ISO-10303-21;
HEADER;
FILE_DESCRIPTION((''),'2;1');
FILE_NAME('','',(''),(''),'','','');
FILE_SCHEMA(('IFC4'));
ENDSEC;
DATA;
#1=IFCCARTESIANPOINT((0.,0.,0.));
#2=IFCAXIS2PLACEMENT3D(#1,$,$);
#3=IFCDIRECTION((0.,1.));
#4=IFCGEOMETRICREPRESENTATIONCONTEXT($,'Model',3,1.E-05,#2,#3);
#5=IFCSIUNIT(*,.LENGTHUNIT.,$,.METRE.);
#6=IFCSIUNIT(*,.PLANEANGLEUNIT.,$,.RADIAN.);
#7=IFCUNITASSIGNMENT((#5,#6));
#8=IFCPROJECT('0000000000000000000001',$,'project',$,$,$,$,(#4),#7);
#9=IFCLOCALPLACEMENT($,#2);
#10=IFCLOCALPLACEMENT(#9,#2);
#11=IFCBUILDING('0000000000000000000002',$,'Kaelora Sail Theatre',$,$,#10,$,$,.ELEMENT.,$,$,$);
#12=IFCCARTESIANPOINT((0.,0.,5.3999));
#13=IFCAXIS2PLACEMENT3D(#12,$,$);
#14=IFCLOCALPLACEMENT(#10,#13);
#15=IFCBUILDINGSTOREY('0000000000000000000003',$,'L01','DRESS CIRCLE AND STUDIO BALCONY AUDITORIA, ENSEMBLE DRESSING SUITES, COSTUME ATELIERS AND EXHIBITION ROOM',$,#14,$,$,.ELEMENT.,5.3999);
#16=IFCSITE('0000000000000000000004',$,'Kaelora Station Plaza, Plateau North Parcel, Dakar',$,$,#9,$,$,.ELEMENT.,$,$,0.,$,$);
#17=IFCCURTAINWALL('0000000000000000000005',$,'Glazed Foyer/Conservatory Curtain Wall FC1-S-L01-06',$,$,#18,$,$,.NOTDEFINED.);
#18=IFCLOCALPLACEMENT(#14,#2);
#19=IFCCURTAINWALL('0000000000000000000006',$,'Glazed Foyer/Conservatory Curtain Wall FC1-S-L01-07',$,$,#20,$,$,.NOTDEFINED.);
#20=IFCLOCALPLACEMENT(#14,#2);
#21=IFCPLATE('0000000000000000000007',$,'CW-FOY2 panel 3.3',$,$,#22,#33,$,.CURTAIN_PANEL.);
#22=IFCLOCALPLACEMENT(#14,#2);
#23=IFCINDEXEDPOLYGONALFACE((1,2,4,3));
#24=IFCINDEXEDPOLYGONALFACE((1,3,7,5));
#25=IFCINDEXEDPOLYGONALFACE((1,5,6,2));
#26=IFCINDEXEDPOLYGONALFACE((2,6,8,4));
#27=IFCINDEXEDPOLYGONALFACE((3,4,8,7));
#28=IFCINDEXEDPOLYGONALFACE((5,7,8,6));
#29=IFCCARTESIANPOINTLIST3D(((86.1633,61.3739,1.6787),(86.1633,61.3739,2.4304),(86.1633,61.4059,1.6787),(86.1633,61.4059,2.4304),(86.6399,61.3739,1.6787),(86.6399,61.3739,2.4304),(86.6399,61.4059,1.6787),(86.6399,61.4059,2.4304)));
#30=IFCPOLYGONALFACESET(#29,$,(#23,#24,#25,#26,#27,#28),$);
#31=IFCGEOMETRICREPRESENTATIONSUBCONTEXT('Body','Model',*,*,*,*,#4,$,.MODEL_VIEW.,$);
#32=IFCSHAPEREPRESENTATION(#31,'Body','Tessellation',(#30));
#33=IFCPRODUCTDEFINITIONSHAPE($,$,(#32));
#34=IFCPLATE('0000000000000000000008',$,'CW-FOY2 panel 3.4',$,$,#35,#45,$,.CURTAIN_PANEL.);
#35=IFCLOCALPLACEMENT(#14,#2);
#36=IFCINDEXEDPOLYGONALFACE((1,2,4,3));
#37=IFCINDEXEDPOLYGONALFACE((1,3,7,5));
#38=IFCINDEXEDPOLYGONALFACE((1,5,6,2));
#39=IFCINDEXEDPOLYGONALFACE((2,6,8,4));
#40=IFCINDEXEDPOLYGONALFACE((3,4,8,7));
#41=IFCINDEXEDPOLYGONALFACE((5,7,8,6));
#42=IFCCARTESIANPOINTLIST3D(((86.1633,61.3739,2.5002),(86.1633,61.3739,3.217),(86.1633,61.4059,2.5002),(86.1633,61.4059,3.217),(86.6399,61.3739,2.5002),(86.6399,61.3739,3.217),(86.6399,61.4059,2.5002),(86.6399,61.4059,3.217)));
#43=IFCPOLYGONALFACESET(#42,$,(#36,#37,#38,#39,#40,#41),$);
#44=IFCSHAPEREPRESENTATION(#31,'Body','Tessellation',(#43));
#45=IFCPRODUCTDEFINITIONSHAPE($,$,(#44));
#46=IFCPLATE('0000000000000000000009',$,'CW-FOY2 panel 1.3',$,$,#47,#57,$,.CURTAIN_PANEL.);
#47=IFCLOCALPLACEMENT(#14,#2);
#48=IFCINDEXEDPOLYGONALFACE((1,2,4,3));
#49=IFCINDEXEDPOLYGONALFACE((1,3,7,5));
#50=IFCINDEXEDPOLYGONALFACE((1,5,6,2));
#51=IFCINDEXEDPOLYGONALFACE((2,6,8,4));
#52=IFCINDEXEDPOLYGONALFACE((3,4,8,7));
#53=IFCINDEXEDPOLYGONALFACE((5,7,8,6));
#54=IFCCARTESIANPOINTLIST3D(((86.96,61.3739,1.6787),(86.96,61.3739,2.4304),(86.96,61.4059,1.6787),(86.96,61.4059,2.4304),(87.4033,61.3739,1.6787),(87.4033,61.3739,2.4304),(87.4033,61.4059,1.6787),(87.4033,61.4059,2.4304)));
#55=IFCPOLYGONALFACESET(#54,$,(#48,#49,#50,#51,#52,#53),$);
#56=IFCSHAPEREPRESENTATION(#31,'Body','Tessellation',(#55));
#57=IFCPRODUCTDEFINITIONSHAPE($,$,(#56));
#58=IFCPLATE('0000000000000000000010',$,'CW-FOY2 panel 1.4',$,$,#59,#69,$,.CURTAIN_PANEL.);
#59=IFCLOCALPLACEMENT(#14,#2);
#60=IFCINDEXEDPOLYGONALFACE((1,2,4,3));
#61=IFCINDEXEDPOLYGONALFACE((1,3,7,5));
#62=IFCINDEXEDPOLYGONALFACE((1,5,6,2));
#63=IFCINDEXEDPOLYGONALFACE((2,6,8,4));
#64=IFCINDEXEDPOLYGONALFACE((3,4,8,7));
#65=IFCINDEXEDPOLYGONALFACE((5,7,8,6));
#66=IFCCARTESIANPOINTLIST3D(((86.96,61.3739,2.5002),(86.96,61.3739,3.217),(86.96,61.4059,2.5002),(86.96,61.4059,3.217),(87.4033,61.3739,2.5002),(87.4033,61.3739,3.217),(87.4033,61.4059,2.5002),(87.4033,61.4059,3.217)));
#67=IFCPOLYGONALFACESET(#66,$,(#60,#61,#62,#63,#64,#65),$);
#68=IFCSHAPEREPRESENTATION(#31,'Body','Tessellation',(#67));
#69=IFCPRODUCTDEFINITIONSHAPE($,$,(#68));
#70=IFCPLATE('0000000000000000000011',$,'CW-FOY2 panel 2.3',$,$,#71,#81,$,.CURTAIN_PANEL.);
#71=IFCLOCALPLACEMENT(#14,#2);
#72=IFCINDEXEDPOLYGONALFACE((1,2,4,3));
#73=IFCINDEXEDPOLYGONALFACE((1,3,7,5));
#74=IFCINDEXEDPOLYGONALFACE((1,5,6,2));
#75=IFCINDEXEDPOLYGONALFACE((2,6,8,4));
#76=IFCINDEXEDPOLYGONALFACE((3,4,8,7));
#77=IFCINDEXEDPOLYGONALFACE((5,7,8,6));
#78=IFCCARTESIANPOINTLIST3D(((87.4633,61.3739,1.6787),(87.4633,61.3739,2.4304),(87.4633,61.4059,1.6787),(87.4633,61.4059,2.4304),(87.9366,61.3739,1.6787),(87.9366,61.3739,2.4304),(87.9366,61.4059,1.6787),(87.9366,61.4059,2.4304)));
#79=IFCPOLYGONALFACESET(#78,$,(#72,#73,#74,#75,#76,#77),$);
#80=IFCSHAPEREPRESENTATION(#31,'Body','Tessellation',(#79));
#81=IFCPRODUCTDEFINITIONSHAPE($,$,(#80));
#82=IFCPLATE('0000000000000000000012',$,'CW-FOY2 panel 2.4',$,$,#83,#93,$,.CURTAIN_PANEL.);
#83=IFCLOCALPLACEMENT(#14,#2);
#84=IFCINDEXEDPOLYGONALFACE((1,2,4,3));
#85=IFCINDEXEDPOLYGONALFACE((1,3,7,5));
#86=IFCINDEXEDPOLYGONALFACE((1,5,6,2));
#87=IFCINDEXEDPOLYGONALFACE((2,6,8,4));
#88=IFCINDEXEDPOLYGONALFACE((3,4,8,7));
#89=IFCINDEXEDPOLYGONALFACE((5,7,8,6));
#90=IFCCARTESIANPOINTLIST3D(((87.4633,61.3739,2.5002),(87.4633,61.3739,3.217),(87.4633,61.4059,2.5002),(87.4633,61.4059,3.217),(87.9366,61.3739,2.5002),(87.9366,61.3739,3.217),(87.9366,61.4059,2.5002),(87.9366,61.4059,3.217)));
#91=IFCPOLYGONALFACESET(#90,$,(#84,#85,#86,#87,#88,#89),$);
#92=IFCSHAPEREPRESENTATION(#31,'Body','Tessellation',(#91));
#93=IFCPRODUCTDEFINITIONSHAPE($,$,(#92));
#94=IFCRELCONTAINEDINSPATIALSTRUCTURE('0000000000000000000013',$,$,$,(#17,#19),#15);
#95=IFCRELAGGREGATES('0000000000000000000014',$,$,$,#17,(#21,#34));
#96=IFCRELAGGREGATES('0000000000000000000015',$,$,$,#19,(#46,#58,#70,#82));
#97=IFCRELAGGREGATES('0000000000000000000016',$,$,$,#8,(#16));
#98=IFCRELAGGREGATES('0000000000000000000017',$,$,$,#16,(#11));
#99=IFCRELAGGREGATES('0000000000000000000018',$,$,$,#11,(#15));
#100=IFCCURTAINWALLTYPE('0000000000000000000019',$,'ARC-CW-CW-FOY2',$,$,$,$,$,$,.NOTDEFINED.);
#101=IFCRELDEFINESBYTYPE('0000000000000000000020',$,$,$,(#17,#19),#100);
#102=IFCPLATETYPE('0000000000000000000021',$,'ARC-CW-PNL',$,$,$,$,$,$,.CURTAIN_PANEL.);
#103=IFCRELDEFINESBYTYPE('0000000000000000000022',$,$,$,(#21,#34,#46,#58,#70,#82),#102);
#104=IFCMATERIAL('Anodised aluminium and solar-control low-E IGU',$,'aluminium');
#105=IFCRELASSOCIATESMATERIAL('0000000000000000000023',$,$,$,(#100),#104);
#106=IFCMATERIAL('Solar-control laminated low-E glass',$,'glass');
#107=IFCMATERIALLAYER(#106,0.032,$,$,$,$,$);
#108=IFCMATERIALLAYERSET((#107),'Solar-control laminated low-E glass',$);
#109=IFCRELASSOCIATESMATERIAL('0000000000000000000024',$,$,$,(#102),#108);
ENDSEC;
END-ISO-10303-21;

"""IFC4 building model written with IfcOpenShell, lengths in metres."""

from ifc_helpers import new_model, si_unit, direction, frame, origin, origin_2d, place, context, subcontext, project, spatial, rectangle, extrude, material, layer, layer_set, type_object, element, aggregate, save


model = new_model("IFC4")

# Units and contexts
model_context = context("Model", 3, precision=1e-05, world=origin(), true_north=direction((0.0, 1.0)))
body_context = subcontext(model_context, "Body", "Model", "MODEL_VIEW")
ifc_project = project(units=[si_unit("LENGTHUNIT", "METRE"), si_unit("PLANEANGLEUNIT", "RADIAN")], contexts=[model_context])

# Site, building, storey
site_placement = place(None, origin())
site = spatial("IfcSite", under=ifc_project, at=site_placement, Name="Kaelora Station Plaza, Plateau North Parcel, Dakar", CompositionType="ELEMENT", RefElevation=0.0)
building_placement = place(site_placement, origin())
building = spatial("IfcBuilding", under=site, at=building_placement, Name="Kaelora Sail Theatre", CompositionType="ELEMENT")
storey_placement = place(building_placement, frame((0.0, 0.0, 5.3999)))
storey = spatial("IfcBuildingStorey", under=building, at=storey_placement, Name="L01", Description="DRESS CIRCLE AND STUDIO BALCONY AUDITORIA, ENSEMBLE DRESSING SUITES, COSTUME ATELIERS AND EXHIBITION ROOM", CompositionType="ELEMENT", Elevation=5.3999)

# Curtain walls
ifc_material_1 = material(Name="Anodised aluminium and solar-control low-E IGU", Category="aluminium")
curtain_wall_type = type_object("IfcCurtainWallType", Name="ARC-CW-CW-FOY2", PredefinedType="NOTDEFINED", material=ifc_material_1)
curtain_wall_1_placement = place(storey_placement, origin())
curtain_wall_1 = element("IfcCurtainWall", 1, at=curtain_wall_1_placement, inside=storey, type_object=curtain_wall_type, Name="Glazed Foyer/Conservatory Curtain Wall FC1-S-L01-06", PredefinedType="NOTDEFINED")
curtain_wall_2_placement = place(storey_placement, origin())
curtain_wall_2 = element("IfcCurtainWall", 2, at=curtain_wall_2_placement, inside=storey, type_object=curtain_wall_type, Name="Glazed Foyer/Conservatory Curtain Wall FC1-S-L01-07", PredefinedType="NOTDEFINED")

# Plates
ifc_material_2 = material(Name="Solar-control laminated low-E glass", Category="glass")
ifc_layer = layer(ifc_material_2, 0.032)
ifc_layer_set = layer_set([ifc_layer], Name="Solar-control laminated low-E glass")
plate_type = type_object("IfcPlateType", Name="ARC-CW-PNL", PredefinedType="CURTAIN_PANEL", material=ifc_layer_set)
plate_1_placement = place(storey_placement, frame((86.4016, 61.3899, 1.6787), z_axis=(0.0, 0.0, 1.0), x_axis=(1.0, 0.0, 0.0)))
plate_1 = element("IfcPlate", 3, at=plate_1_placement, type_object=plate_type, Name="CW-FOY2 panel 3.3", PredefinedType="CURTAIN_PANEL", context=body_context, shape_type="SweptSolid", body=[
    extrude(rectangle(XDim=0.4766, YDim=0.032, at=origin_2d()), origin(), (0.0, 0.0, 1.0), 0.7517),
])
plate_2_placement = place(storey_placement, frame((86.4016, 61.3899, 2.5002), z_axis=(0.0, 0.0, 1.0), x_axis=(1.0, 0.0, 0.0)))
plate_2 = element("IfcPlate", 4, at=plate_2_placement, type_object=plate_type, Name="CW-FOY2 panel 3.4", PredefinedType="CURTAIN_PANEL", context=body_context, shape_type="SweptSolid", body=[
    extrude(rectangle(XDim=0.4766, YDim=0.032, at=origin_2d()), origin(), (0.0, 0.0, 1.0), 0.7168),
])
aggregate(curtain_wall_1, [plate_1, plate_2])
plate_3_placement = place(storey_placement, frame((87.1816, 61.3899, 1.6787), z_axis=(0.0, 0.0, 1.0), x_axis=(1.0, 0.0, 0.0)))
plate_3 = element("IfcPlate", 5, at=plate_3_placement, type_object=plate_type, Name="CW-FOY2 panel 1.3", PredefinedType="CURTAIN_PANEL", context=body_context, shape_type="SweptSolid", body=[
    extrude(rectangle(XDim=0.4434, YDim=0.032, at=origin_2d()), origin(), (0.0, 0.0, 1.0), 0.7517),
])
plate_4_placement = place(storey_placement, frame((87.1816, 61.3899, 2.5002), z_axis=(0.0, 0.0, 1.0), x_axis=(1.0, 0.0, 0.0)))
plate_4 = element("IfcPlate", 6, at=plate_4_placement, type_object=plate_type, Name="CW-FOY2 panel 1.4", PredefinedType="CURTAIN_PANEL", context=body_context, shape_type="SweptSolid", body=[
    extrude(rectangle(XDim=0.4434, YDim=0.032, at=origin_2d()), origin(), (0.0, 0.0, 1.0), 0.7168),
])
plate_5_placement = place(storey_placement, frame((87.7, 61.3899, 1.6787), z_axis=(0.0, 0.0, 1.0), x_axis=(1.0, 0.0, 0.0)))
plate_5 = element("IfcPlate", 7, at=plate_5_placement, type_object=plate_type, Name="CW-FOY2 panel 2.3", PredefinedType="CURTAIN_PANEL", context=body_context, shape_type="SweptSolid", body=[
    extrude(rectangle(XDim=0.4734, YDim=0.032, at=origin_2d()), origin(), (0.0, 0.0, 1.0), 0.7517),
])
plate_6_placement = place(storey_placement, frame((87.7, 61.3899, 2.5002), z_axis=(0.0, 0.0, 1.0), x_axis=(1.0, 0.0, 0.0)))
plate_6 = element("IfcPlate", 8, at=plate_6_placement, type_object=plate_type, Name="CW-FOY2 panel 2.4", PredefinedType="CURTAIN_PANEL", context=body_context, shape_type="SweptSolid", body=[
    extrude(rectangle(XDim=0.4734, YDim=0.032, at=origin_2d()), origin(), (0.0, 0.0, 1.0), 0.7168),
])
aggregate(curtain_wall_2, [plate_3, plate_4, plate_5, plate_6])

save(model, "model.ifc")
